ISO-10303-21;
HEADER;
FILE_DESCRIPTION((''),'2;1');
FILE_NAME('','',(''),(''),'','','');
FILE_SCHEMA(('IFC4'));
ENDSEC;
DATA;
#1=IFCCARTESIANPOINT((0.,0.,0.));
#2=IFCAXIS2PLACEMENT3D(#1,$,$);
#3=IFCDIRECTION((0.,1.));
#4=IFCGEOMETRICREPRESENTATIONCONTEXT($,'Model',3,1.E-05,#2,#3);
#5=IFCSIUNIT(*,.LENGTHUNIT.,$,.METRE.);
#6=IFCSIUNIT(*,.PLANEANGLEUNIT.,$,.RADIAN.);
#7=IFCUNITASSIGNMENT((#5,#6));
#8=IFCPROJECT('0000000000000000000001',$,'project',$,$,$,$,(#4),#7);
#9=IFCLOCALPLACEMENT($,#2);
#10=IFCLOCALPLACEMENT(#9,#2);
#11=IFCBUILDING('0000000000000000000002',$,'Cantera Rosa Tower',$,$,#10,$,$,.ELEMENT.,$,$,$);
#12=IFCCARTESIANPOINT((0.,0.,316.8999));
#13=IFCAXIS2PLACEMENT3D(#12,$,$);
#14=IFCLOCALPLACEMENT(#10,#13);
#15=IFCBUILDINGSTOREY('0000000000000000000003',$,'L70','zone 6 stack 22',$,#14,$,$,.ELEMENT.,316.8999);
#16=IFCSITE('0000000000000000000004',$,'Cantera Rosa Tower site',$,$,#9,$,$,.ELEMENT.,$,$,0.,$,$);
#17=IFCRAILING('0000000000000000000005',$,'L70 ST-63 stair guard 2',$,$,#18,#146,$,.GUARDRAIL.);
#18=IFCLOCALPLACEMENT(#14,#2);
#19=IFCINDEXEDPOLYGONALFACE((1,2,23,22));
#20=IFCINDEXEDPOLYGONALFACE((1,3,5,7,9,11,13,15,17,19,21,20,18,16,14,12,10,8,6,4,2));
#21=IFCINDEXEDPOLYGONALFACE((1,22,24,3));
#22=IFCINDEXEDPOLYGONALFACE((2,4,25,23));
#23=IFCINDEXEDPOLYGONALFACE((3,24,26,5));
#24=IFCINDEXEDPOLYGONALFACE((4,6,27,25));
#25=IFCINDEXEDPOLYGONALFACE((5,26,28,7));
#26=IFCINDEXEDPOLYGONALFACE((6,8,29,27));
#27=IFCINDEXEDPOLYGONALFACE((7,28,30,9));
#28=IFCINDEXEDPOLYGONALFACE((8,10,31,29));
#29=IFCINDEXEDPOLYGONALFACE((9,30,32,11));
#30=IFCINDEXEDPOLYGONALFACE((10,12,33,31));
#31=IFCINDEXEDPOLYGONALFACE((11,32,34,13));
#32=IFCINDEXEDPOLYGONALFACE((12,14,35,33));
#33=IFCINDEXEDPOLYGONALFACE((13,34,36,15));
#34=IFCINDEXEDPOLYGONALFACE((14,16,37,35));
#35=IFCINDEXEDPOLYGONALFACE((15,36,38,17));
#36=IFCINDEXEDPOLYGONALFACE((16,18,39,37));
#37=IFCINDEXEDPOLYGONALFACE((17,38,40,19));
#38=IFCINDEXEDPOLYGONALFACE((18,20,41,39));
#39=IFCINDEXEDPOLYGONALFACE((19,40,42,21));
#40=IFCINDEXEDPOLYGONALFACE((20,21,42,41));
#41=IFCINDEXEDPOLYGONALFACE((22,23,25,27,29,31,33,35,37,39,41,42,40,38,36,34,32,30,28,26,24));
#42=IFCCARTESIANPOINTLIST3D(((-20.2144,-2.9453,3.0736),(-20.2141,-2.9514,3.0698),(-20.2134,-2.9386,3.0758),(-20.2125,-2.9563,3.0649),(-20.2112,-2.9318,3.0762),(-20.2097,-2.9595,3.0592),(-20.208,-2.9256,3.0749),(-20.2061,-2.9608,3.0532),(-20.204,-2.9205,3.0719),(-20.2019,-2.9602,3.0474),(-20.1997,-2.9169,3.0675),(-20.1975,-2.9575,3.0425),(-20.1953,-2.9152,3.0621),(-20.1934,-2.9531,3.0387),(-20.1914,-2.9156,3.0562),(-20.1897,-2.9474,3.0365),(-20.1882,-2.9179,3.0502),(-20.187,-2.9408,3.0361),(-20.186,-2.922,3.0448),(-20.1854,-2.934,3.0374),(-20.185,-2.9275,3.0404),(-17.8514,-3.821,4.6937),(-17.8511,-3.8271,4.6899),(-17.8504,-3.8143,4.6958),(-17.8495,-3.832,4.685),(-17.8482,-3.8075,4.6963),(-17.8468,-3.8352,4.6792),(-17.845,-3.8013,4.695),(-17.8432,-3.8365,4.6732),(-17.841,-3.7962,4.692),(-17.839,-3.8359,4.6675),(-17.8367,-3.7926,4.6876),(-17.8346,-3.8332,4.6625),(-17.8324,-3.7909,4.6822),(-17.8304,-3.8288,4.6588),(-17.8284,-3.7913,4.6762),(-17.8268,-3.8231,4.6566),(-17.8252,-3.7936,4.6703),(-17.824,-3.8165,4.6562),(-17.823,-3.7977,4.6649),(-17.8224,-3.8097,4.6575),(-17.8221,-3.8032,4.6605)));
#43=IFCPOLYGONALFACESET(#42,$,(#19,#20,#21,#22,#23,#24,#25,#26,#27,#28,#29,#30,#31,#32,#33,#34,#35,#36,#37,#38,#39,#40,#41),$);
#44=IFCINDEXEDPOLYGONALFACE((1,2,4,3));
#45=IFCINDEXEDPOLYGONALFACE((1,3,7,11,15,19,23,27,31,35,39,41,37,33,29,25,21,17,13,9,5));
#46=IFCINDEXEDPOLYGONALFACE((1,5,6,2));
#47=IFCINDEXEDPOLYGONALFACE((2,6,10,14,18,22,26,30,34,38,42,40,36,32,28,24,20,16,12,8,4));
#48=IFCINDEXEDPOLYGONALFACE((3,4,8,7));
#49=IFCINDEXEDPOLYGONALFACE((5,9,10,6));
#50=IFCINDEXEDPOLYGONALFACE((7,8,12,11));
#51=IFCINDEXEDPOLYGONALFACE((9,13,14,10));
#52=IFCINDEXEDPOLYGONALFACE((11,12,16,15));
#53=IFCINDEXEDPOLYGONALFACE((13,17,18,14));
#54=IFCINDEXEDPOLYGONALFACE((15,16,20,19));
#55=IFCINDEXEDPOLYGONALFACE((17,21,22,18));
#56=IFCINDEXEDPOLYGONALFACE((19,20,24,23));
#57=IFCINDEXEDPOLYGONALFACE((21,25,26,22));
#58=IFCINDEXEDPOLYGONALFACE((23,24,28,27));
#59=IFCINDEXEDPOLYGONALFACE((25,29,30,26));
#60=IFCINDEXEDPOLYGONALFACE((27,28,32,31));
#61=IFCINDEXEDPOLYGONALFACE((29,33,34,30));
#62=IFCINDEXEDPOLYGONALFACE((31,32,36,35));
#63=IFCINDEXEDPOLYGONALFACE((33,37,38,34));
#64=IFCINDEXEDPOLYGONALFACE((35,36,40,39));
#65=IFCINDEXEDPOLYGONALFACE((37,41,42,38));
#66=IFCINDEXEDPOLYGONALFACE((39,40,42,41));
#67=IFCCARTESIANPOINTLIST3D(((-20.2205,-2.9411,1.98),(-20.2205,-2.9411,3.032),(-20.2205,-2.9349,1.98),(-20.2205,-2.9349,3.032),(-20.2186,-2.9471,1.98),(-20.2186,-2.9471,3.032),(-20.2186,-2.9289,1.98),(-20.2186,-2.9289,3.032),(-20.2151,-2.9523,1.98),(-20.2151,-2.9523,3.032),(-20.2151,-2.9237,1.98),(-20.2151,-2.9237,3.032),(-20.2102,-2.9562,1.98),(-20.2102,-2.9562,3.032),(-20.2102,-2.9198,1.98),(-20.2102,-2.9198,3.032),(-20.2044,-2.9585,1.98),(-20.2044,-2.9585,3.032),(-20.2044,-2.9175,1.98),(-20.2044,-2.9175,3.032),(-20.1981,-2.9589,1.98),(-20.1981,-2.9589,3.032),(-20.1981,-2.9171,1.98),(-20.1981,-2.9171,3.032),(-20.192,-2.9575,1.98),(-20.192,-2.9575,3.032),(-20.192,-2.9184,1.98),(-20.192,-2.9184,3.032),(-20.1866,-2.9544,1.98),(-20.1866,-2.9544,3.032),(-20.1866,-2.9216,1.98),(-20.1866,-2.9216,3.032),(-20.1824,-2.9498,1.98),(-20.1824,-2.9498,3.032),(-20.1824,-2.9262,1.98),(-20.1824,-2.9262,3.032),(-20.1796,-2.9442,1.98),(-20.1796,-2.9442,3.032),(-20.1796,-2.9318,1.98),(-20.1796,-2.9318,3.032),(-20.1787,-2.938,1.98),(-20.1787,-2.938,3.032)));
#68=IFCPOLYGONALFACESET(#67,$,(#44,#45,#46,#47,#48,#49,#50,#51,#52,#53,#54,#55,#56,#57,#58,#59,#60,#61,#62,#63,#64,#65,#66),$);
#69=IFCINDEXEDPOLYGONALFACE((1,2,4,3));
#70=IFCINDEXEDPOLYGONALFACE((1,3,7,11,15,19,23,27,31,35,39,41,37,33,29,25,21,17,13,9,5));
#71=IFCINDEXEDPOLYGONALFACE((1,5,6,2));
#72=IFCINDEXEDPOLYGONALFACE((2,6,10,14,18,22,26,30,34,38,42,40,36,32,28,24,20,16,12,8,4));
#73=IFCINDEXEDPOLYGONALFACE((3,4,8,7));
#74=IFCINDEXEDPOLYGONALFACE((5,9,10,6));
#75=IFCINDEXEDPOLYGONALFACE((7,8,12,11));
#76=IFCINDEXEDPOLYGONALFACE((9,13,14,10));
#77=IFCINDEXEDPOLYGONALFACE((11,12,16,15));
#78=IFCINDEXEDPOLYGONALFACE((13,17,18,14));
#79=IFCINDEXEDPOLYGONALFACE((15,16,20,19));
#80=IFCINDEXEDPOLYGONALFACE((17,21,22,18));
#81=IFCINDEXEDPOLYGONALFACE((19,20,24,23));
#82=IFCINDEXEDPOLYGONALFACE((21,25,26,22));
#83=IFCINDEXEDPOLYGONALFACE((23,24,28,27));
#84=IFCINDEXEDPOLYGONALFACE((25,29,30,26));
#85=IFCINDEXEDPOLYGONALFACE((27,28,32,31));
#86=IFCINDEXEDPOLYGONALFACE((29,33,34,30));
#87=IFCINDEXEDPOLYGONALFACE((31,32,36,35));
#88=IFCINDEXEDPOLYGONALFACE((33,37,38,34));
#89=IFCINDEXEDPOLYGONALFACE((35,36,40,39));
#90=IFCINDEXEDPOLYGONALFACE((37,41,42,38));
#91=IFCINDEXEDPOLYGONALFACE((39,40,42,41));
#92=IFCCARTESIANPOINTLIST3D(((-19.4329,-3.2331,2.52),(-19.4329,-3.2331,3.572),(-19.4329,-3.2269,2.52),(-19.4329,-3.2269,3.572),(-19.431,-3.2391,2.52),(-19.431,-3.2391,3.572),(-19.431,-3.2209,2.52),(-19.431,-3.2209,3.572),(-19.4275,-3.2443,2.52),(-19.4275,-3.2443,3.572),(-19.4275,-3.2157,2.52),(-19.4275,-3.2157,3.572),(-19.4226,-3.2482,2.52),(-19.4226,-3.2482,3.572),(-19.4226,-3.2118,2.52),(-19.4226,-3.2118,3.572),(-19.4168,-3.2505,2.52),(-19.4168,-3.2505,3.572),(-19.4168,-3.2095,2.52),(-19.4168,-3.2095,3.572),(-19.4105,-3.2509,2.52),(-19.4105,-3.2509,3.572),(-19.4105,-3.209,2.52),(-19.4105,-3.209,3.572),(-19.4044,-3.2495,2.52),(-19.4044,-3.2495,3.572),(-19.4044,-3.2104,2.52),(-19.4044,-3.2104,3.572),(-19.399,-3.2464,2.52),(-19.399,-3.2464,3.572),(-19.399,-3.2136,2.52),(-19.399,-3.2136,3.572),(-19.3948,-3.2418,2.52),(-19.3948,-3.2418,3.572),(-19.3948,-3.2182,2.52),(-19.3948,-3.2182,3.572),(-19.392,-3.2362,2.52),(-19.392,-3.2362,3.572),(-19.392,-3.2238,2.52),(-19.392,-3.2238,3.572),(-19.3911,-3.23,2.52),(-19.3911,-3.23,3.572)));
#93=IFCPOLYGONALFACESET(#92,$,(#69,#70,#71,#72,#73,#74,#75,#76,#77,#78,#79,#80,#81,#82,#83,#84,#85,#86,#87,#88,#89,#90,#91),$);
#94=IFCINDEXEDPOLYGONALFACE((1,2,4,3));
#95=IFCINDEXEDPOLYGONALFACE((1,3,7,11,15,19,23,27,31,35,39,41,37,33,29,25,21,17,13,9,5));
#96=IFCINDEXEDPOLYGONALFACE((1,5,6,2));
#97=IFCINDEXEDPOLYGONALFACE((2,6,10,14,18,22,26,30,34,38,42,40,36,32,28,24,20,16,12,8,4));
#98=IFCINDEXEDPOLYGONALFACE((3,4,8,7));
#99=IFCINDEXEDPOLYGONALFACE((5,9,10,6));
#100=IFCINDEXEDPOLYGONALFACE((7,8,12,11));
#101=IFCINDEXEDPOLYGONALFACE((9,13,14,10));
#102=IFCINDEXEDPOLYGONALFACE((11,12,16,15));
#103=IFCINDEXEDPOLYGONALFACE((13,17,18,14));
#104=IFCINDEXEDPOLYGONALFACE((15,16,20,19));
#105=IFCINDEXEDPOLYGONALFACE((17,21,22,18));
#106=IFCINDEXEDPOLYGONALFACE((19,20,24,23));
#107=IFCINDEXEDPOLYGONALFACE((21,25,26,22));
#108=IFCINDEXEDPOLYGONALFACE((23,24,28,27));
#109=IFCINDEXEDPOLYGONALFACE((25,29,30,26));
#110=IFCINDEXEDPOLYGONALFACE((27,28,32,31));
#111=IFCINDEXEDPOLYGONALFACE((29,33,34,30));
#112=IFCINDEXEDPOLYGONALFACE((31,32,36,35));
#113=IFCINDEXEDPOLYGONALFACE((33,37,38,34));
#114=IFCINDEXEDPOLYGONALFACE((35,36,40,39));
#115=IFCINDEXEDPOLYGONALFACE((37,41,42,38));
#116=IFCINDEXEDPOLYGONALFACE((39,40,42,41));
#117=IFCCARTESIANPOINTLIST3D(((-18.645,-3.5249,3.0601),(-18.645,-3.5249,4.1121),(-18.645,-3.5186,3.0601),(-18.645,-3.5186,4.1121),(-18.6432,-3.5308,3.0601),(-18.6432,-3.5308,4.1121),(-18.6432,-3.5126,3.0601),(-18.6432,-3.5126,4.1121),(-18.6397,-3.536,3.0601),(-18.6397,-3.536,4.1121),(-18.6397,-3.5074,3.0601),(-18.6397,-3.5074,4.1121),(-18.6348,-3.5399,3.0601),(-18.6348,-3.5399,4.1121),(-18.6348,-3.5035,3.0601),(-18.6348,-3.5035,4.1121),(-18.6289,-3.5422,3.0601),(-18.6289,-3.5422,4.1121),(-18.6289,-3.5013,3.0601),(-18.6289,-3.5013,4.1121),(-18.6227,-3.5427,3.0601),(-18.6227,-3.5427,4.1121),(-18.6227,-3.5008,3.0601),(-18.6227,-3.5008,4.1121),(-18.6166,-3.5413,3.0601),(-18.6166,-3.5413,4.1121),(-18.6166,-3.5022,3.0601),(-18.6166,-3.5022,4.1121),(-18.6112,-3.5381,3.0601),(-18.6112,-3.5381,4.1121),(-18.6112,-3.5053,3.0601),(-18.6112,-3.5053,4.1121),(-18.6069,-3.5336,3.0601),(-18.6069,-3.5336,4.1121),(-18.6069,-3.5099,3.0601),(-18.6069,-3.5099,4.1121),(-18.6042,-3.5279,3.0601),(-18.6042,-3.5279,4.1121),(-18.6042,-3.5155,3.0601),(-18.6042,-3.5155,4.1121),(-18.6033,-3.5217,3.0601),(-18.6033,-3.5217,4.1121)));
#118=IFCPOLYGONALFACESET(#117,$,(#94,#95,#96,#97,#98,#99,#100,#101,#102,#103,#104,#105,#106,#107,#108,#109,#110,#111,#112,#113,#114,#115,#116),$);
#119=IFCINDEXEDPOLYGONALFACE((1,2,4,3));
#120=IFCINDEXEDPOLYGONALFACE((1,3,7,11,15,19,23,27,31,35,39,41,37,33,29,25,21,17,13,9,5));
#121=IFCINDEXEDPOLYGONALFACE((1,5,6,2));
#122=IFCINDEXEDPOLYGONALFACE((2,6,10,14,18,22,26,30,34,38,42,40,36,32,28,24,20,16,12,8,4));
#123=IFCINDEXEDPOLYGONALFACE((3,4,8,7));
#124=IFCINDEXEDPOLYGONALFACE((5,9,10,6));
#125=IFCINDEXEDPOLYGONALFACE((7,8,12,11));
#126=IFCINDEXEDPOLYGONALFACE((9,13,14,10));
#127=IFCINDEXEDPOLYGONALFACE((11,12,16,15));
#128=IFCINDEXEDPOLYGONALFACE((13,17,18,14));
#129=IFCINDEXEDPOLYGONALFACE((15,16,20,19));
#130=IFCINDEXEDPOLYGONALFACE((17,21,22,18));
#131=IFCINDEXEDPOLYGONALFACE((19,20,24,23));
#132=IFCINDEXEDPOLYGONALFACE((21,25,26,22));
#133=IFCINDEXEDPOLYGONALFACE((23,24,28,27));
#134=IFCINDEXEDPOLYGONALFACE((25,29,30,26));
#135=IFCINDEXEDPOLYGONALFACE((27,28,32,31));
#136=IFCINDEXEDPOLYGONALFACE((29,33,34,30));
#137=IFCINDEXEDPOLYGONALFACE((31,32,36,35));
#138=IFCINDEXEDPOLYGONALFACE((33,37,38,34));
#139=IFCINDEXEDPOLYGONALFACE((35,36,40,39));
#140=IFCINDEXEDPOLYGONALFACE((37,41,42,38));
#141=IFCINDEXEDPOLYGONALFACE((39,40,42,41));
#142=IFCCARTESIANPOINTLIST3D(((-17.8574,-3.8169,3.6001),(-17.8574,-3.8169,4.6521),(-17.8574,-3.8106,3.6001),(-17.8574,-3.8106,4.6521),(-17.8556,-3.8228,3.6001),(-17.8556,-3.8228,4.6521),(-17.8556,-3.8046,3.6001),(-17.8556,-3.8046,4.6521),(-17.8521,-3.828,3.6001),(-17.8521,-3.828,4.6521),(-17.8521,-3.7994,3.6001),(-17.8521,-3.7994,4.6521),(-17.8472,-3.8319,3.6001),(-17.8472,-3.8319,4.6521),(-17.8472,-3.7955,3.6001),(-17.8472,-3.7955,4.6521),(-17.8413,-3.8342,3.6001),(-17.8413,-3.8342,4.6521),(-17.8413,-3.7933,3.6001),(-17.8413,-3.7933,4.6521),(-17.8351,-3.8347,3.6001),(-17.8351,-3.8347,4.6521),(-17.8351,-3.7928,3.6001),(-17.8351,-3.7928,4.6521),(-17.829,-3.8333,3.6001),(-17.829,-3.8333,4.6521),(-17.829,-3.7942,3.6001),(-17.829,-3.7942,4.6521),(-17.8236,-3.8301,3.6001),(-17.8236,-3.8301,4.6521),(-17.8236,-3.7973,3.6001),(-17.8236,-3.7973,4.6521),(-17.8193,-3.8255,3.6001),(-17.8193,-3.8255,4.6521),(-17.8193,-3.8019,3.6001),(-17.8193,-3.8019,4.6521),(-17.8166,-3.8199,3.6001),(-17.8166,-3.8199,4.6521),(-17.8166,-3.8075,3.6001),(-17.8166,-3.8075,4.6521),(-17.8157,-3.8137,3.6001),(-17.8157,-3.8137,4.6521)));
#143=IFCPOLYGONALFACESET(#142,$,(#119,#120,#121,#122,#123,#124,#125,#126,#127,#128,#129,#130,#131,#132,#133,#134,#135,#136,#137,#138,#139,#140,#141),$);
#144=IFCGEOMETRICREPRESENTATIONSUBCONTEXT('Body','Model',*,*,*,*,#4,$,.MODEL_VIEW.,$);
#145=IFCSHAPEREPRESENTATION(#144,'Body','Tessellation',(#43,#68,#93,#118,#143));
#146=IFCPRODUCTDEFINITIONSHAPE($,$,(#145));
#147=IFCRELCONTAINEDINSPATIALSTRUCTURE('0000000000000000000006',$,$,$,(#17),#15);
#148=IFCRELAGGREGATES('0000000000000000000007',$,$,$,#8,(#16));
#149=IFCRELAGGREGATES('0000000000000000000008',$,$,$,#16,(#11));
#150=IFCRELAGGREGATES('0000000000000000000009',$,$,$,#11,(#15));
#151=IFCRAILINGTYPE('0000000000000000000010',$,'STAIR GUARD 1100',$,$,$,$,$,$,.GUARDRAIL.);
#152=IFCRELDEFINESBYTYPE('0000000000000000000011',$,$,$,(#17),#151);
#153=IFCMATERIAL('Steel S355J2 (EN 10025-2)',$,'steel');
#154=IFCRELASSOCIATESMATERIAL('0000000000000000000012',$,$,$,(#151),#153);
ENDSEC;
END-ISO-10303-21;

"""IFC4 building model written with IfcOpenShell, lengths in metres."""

from ifc_helpers import new_model, si_unit, direction, frame, origin, origin_2d, place, context, subcontext, project, spatial, circle, extrude, material, type_object, element, save


model = new_model("IFC4")

# Units and contexts
model_context = context("Model", 3, precision=1e-05, world=origin(), true_north=direction((0.0, 1.0)))
body_context = subcontext(model_context, "Body", "Model", "MODEL_VIEW")
ifc_project = project(units=[si_unit("LENGTHUNIT", "METRE"), si_unit("PLANEANGLEUNIT", "RADIAN")], contexts=[model_context])

# Site, building, storey
site_placement = place(None, origin())
site = spatial("IfcSite", under=ifc_project, at=site_placement, Name="Cantera Rosa Tower site", CompositionType="ELEMENT", RefElevation=0.0)
building_placement = place(site_placement, origin())
building = spatial("IfcBuilding", under=site, at=building_placement, Name="Cantera Rosa Tower", CompositionType="ELEMENT")
storey_placement = place(building_placement, frame((0.0, 0.0, 316.8999)))
storey = spatial("IfcBuildingStorey", under=building, at=storey_placement, Name="L70", Description="zone 6 stack 22", CompositionType="ELEMENT", Elevation=316.8999)

# Railing
ifc_material_1 = material(Name="Steel S355J2 (EN 10025-2)", Category="steel")
railing_type_1 = type_object("IfcRailingType", Name="STAIR GUARD 1100", PredefinedType="GUARDRAIL", material=ifc_material_1)
railing_1_placement = place(storey_placement, frame((-20.1997, -2.938, 1.98)))
element("IfcRailing", 1, at=railing_1_placement, inside=storey, type_object=railing_type_1, Name="L70 ST-63 stair guard 2", PredefinedType="GUARDRAIL", context=body_context, shape_type="SweptSolid", body=[
    extrude(circle(Radius=0.0239, at=origin_2d()), frame((0.0, 0.0, 1.0762), z_axis=(0.788748, -0.292307, 0.540772), x_axis=(0.347501, 0.93768, 0.0)), (0.0, 0.0, 1.0), 2.9958),
    extrude(circle(Radius=0.021, at=origin_2d()), origin(), (0.0, 0.0, 1.0), 1.052),
    extrude(circle(Radius=0.021, at=origin_2d()), frame((0.7876, -0.292, 0.54)), (0.0, 0.0, 1.0), 1.052),
    extrude(circle(Radius=0.021, at=origin_2d()), frame((1.5754, -0.5837, 1.0801)), (0.0, 0.0, 1.0), 1.052),
    extrude(circle(Radius=0.021, at=origin_2d()), frame((2.363, -0.8757, 1.6201)), (0.0, 0.0, 1.0), 1.052),
])

save(model, "model.ifc")
